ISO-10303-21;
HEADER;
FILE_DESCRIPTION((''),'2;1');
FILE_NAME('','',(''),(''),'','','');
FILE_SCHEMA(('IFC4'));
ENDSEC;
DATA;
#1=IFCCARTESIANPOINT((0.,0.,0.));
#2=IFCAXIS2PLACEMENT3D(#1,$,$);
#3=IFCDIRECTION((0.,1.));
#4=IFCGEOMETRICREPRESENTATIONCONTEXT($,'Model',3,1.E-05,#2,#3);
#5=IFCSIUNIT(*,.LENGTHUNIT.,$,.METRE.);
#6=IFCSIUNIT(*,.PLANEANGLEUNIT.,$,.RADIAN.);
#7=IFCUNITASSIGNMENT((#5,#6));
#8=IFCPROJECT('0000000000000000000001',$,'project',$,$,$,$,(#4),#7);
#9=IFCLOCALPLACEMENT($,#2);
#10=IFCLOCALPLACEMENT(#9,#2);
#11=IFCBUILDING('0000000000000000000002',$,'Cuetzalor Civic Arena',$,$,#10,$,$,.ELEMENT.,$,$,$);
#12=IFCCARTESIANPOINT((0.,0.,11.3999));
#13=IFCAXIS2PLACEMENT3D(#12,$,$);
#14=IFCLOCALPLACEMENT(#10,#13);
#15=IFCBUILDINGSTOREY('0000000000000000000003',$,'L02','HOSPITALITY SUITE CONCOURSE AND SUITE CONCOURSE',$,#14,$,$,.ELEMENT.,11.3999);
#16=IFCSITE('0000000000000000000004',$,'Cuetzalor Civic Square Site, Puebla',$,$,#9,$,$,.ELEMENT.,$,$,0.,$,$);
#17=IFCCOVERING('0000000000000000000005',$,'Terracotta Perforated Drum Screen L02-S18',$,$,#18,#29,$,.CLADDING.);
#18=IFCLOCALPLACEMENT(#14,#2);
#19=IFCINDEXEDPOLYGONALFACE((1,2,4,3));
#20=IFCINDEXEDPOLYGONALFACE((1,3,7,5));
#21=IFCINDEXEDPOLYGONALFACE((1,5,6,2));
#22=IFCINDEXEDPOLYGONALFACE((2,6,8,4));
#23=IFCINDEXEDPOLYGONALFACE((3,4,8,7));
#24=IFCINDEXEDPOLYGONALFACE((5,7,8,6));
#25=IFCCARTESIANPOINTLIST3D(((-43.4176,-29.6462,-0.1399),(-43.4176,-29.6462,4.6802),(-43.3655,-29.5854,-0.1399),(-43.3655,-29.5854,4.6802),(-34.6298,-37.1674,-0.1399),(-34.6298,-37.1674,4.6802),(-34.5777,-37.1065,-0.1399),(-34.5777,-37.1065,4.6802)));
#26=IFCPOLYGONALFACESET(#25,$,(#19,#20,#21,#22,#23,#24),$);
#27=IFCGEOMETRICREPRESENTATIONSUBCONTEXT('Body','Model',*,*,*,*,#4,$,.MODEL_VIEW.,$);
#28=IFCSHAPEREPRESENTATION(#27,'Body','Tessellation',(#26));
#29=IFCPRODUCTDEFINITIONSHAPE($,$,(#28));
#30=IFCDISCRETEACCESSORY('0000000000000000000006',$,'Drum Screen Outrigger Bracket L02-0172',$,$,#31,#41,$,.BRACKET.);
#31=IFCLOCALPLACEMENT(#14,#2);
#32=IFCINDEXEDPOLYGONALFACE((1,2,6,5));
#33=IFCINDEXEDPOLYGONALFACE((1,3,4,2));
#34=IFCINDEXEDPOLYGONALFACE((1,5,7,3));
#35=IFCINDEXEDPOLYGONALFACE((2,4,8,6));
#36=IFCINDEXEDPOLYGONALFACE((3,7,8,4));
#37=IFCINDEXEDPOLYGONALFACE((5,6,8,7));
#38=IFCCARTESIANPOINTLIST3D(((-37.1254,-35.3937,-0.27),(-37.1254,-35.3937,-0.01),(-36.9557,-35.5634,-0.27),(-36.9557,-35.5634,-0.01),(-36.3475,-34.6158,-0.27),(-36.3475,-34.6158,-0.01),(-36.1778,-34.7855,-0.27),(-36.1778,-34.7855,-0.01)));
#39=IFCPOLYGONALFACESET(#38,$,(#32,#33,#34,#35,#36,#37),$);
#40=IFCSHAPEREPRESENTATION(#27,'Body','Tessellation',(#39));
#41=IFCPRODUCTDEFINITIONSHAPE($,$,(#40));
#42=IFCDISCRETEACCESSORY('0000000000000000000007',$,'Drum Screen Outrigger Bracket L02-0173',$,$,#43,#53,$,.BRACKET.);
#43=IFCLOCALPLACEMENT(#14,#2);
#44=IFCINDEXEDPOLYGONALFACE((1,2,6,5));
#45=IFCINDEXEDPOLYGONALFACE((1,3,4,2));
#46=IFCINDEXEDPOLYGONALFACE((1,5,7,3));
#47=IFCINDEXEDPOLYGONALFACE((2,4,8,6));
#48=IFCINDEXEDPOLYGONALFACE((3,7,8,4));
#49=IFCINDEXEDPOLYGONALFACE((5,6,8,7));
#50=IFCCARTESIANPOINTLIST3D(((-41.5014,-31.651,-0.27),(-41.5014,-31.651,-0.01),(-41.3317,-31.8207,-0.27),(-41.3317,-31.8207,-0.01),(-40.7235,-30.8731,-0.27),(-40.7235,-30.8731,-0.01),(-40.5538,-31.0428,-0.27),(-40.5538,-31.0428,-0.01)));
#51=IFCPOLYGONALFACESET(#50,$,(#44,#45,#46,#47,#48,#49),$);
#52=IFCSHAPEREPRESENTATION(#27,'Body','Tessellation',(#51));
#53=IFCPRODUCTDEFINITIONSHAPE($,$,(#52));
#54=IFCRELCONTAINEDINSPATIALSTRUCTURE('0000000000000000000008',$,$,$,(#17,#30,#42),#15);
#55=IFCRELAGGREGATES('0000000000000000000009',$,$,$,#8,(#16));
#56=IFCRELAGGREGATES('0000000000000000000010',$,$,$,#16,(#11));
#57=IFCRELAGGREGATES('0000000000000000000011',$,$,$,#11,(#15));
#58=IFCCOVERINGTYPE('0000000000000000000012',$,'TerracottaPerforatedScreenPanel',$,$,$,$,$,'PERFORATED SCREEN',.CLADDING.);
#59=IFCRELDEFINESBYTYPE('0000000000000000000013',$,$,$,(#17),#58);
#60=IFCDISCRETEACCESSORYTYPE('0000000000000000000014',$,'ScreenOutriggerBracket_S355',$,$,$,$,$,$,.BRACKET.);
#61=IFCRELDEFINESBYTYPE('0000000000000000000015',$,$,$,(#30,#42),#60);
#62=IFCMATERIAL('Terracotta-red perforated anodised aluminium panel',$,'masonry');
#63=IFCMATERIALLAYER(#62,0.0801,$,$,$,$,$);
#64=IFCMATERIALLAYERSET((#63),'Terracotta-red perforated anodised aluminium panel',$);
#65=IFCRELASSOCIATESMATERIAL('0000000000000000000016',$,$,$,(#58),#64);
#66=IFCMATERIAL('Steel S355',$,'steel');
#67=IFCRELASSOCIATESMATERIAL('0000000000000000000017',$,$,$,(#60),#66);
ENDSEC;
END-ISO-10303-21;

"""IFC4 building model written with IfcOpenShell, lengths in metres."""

from ifc_helpers import new_model, si_unit, direction, frame, frame_2d, origin, origin_2d, place, context, subcontext, project, spatial, rectangle, extrude, material, layer, layer_set, type_object, element, save


model = new_model("IFC4")

# Units and contexts
model_context = context("Model", 3, precision=1e-05, world=origin(), true_north=direction((0.0, 1.0)))
body_context = subcontext(model_context, "Body", "Model", "MODEL_VIEW")
ifc_project = project(units=[si_unit("LENGTHUNIT", "METRE"), si_unit("PLANEANGLEUNIT", "RADIAN")], contexts=[model_context])

# Site, building, storey
site_placement = place(None, origin())
site = spatial("IfcSite", under=ifc_project, at=site_placement, Name="Cuetzalor Civic Square Site, Puebla", CompositionType="ELEMENT", RefElevation=0.0)
building_placement = place(site_placement, origin())
building = spatial("IfcBuilding", under=site, at=building_placement, Name="Cuetzalor Civic Arena", CompositionType="ELEMENT")
storey_placement = place(building_placement, frame((0.0, 0.0, 11.3999)))
storey = spatial("IfcBuildingStorey", under=building, at=storey_placement, Name="L02", Description="HOSPITALITY SUITE CONCOURSE AND SUITE CONCOURSE", CompositionType="ELEMENT", Elevation=11.3999)

# Covering
ifc_material_1 = material(Name="Terracotta-red perforated anodised aluminium panel", Category="masonry")
ifc_layer_1 = layer(ifc_material_1, 0.0801)
ifc_layer_set_1 = layer_set([ifc_layer_1], Name="Terracotta-red perforated anodised aluminium panel")
covering_type = type_object("IfcCoveringType", Name="TerracottaPerforatedScreenPanel", ElementType="PERFORATED SCREEN", PredefinedType="CLADDING", material=ifc_layer_set_1)
covering_placement = place(storey_placement, frame((-34.6038, -37.137, -0.1399), z_axis=(0.0, 0.0, 1.0), x_axis=(-0.759735, 0.650233, 0.0)))
element("IfcCovering", 1, at=covering_placement, inside=storey, type_object=covering_type, Name="Terracotta Perforated Drum Screen L02-S18", PredefinedType="CLADDING", context=body_context, shape_type="SweptSolid", body=[
    extrude(rectangle(XDim=11.5669, YDim=0.0801, at=frame_2d((5.7834, 0.0))), origin(), (0.0, 0.0, 1.0), 4.8201),
])

# Discrete accessories
ifc_material_2 = material(Name="Steel S355", Category="steel")
discrete_accessory_type = type_object("IfcDiscreteAccessoryType", Name="ScreenOutriggerBracket_S355", PredefinedType="BRACKET", material=ifc_material_2)
for number, where, z_axis, x_axis, name in (
    (2, (-36.6516, -35.0896, -0.27), (0.0, 0.0, 1.0), (-0.707107, -0.707107, 0.0), "Drum Screen Outrigger Bracket L02-0172"),
    (3, (-41.0276, -31.3469, -0.27), (0.0, 0.0, 1.0), (-0.707107, -0.707107, 0.0), "Drum Screen Outrigger Bracket L02-0173"),
):
    element("IfcDiscreteAccessory", number, at=place(storey_placement, frame(where, z_axis=z_axis, x_axis=x_axis)), inside=storey, type_object=discrete_accessory_type, Name=name, PredefinedType="BRACKET", context=body_context, shape_type="SweptSolid", body=[
        extrude(rectangle(XDim=1.1001, YDim=0.24, at=origin_2d()), origin(), (0.0, 0.0, 1.0), 0.26),
    ])

save(model, "model.ifc")
